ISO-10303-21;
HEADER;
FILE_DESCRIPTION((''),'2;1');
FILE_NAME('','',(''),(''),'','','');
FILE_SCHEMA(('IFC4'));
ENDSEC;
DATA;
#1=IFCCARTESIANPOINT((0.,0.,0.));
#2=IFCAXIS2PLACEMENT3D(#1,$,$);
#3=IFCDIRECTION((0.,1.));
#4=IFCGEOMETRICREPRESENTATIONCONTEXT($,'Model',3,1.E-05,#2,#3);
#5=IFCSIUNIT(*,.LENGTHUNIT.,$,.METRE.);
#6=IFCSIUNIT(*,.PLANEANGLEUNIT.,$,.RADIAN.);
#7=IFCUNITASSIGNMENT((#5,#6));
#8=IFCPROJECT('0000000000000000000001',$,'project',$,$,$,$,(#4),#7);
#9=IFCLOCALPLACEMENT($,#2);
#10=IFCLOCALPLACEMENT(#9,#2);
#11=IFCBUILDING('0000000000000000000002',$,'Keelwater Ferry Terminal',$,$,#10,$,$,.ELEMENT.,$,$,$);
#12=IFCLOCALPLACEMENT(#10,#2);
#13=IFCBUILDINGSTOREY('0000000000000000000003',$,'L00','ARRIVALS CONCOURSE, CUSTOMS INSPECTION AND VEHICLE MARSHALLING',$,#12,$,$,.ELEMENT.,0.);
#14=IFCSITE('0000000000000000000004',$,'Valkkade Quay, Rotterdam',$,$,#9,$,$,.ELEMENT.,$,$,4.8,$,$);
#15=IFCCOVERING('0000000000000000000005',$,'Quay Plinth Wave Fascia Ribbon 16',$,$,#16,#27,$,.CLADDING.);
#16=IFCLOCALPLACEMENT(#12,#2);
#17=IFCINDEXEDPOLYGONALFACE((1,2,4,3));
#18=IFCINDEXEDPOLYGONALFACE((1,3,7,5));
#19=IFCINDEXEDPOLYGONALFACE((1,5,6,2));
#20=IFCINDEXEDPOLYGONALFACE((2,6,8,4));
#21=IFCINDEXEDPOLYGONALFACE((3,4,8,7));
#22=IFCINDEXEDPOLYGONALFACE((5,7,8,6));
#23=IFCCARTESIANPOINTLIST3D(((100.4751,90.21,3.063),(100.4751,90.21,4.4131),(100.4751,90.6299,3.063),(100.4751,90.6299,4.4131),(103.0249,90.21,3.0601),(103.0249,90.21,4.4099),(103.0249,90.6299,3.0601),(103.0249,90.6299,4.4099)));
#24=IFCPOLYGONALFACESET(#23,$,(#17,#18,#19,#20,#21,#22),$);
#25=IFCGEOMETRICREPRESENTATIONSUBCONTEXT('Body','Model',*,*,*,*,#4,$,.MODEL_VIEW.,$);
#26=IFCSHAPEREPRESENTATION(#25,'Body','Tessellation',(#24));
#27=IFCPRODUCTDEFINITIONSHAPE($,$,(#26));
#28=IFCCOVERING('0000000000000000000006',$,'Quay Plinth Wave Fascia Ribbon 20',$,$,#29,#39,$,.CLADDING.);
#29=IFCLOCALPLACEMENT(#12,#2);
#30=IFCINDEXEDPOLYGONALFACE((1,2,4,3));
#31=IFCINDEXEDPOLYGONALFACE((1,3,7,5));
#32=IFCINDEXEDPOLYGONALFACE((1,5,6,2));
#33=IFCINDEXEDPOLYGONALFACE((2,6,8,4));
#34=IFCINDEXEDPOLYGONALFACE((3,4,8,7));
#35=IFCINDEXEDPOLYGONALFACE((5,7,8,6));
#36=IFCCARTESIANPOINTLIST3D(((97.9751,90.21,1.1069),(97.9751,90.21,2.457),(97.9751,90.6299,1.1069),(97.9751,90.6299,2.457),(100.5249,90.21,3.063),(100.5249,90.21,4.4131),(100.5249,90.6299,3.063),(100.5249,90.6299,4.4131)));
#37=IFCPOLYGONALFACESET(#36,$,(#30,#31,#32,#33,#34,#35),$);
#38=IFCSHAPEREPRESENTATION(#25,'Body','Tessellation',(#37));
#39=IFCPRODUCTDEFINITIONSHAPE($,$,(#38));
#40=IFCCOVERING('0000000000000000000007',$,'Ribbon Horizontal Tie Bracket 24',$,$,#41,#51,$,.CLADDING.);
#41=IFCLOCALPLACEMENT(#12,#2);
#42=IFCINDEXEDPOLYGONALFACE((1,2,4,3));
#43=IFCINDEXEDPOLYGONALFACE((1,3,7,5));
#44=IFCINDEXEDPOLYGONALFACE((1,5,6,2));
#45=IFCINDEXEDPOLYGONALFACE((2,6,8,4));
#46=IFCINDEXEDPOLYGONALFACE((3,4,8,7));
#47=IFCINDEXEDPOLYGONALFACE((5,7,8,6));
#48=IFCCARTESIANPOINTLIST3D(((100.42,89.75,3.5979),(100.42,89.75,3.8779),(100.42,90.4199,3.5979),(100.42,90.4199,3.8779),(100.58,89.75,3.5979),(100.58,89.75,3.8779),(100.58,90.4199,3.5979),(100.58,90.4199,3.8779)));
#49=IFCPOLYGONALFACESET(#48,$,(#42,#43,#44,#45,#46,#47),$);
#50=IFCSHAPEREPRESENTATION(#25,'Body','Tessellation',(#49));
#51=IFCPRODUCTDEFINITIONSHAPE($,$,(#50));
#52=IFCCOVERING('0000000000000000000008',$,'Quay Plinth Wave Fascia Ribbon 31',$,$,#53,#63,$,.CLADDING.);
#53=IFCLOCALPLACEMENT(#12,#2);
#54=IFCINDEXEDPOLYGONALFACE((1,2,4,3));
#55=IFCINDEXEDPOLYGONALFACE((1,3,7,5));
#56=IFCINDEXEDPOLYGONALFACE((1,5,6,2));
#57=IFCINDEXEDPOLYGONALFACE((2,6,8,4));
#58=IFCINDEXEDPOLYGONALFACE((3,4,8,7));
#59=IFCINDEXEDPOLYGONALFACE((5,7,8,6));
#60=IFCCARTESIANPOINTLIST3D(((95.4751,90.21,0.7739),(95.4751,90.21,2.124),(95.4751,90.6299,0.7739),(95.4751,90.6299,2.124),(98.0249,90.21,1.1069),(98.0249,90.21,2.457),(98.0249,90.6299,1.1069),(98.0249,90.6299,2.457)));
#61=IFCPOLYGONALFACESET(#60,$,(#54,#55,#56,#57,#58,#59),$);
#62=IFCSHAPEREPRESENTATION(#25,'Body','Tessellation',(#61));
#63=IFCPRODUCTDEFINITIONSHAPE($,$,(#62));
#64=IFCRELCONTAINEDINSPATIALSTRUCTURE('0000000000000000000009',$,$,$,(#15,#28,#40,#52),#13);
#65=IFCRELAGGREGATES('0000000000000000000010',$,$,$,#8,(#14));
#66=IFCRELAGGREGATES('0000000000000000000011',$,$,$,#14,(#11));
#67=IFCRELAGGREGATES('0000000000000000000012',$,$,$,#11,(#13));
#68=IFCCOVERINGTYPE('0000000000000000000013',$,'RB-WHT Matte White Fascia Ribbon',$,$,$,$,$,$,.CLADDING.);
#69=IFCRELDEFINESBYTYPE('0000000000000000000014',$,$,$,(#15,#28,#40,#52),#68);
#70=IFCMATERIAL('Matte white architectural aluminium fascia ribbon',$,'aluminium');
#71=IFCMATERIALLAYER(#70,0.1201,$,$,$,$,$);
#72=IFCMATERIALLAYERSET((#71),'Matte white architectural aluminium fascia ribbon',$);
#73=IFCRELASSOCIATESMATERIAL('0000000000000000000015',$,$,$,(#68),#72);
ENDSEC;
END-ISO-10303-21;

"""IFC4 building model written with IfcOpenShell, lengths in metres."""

from ifc_helpers import new_model, si_unit, direction, frame, frame_2d, origin, place, context, subcontext, project, spatial, polyline, rectangle, outline, extrude, material, layer, layer_set, type_object, element, save


model = new_model("IFC4")

# Units and contexts
model_context = context("Model", 3, precision=1e-05, world=origin(), true_north=direction((0.0, 1.0)))
body_context = subcontext(model_context, "Body", "Model", "MODEL_VIEW")
ifc_project = project(units=[si_unit("LENGTHUNIT", "METRE"), si_unit("PLANEANGLEUNIT", "RADIAN")], contexts=[model_context])

# Site, building, storey
site_placement = place(None, origin())
site = spatial("IfcSite", under=ifc_project, at=site_placement, Name="Valkkade Quay, Rotterdam", CompositionType="ELEMENT", RefElevation=4.8)
building_placement = place(site_placement, origin())
building = spatial("IfcBuilding", under=site, at=building_placement, Name="Keelwater Ferry Terminal", CompositionType="ELEMENT")
storey_placement = place(building_placement, origin())
storey = spatial("IfcBuildingStorey", under=building, at=storey_placement, Name="L00", Description="ARRIVALS CONCOURSE, CUSTOMS INSPECTION AND VEHICLE MARSHALLING", CompositionType="ELEMENT", Elevation=0.0)

# Coverings
ifc_material_1 = material(Name="Matte white architectural aluminium fascia ribbon", Category="aluminium")
ifc_layer_1 = layer(ifc_material_1, 0.1201)
ifc_layer_set_1 = layer_set([ifc_layer_1], Name="Matte white architectural aluminium fascia ribbon")
covering_type = type_object("IfcCoveringType", Name="RB-WHT Matte White Fascia Ribbon", PredefinedType="CLADDING", material=ifc_layer_set_1)
covering_1_placement = place(storey_placement, frame((103.0249, 90.4199, 3.0601), z_axis=(0.0, 0.0, 1.0), x_axis=(-1.0, 0.0, 0.0)))
element("IfcCovering", 1, at=covering_1_placement, inside=storey, type_object=covering_type, Name="Quay Plinth Wave Fascia Ribbon 16", PredefinedType="CLADDING", context=body_context, shape_type="SweptSolid", body=[
    extrude(outline(polyline([(0.0, 0.0), (2.5498, 0.0029), (2.5498, 1.353), (0.0, 1.3499), (0.0, 0.0)])), frame((0.0, 0.21, 0.0), z_axis=(0.0, -1.0, 0.0), x_axis=(1.0, 0.0, 0.0)), (0.0, 0.0, 1.0), 0.4199),
])
covering_2_placement = place(storey_placement, frame((100.5249, 90.4199, 1.1069), z_axis=(0.0, 0.0, 1.0), x_axis=(-1.0, 0.0, 0.0)))
element("IfcCovering", 2, at=covering_2_placement, inside=storey, type_object=covering_type, Name="Quay Plinth Wave Fascia Ribbon 20", PredefinedType="CLADDING", context=body_context, shape_type="SweptSolid", body=[
    extrude(outline(polyline([(0.0, 1.9561), (2.5498, 0.0), (2.5498, 1.3501), (0.0, 3.3062), (0.0, 1.9561)])), frame((0.0, 0.21, 0.0), z_axis=(0.0, -1.0, 0.0), x_axis=(1.0, 0.0, 0.0)), (0.0, 0.0, 1.0), 0.4199),
])
covering_3_placement = place(storey_placement, frame((100.5, 90.4199, 3.5979), z_axis=(0.0, 0.0, 1.0), x_axis=(0.0, -1.0, 0.0)))
element("IfcCovering", 3, at=covering_3_placement, inside=storey, type_object=covering_type, Name="Ribbon Horizontal Tie Bracket 24", PredefinedType="CLADDING", context=body_context, shape_type="SweptSolid", body=[
    extrude(rectangle(XDim=0.6699, YDim=0.1599, at=frame_2d((0.335, 0.0))), origin(), (0.0, 0.0, 1.0), 0.28),
])
covering_4_placement = place(storey_placement, frame((98.0249, 90.4199, 0.7739), z_axis=(0.0, 0.0, 1.0), x_axis=(-1.0, 0.0, 0.0)))
element("IfcCovering", 4, at=covering_4_placement, inside=storey, type_object=covering_type, Name="Quay Plinth Wave Fascia Ribbon 31", PredefinedType="CLADDING", context=body_context, shape_type="SweptSolid", body=[
    extrude(outline(polyline([(0.0, 0.333), (2.5498, 0.0), (2.5498, 1.3501), (0.0, 1.6831), (0.0, 0.333)])), frame((0.0, 0.21, 0.0), z_axis=(0.0, -1.0, 0.0), x_axis=(1.0, 0.0, 0.0)), (0.0, 0.0, 1.0), 0.4199),
])

save(model, "model.ifc")
